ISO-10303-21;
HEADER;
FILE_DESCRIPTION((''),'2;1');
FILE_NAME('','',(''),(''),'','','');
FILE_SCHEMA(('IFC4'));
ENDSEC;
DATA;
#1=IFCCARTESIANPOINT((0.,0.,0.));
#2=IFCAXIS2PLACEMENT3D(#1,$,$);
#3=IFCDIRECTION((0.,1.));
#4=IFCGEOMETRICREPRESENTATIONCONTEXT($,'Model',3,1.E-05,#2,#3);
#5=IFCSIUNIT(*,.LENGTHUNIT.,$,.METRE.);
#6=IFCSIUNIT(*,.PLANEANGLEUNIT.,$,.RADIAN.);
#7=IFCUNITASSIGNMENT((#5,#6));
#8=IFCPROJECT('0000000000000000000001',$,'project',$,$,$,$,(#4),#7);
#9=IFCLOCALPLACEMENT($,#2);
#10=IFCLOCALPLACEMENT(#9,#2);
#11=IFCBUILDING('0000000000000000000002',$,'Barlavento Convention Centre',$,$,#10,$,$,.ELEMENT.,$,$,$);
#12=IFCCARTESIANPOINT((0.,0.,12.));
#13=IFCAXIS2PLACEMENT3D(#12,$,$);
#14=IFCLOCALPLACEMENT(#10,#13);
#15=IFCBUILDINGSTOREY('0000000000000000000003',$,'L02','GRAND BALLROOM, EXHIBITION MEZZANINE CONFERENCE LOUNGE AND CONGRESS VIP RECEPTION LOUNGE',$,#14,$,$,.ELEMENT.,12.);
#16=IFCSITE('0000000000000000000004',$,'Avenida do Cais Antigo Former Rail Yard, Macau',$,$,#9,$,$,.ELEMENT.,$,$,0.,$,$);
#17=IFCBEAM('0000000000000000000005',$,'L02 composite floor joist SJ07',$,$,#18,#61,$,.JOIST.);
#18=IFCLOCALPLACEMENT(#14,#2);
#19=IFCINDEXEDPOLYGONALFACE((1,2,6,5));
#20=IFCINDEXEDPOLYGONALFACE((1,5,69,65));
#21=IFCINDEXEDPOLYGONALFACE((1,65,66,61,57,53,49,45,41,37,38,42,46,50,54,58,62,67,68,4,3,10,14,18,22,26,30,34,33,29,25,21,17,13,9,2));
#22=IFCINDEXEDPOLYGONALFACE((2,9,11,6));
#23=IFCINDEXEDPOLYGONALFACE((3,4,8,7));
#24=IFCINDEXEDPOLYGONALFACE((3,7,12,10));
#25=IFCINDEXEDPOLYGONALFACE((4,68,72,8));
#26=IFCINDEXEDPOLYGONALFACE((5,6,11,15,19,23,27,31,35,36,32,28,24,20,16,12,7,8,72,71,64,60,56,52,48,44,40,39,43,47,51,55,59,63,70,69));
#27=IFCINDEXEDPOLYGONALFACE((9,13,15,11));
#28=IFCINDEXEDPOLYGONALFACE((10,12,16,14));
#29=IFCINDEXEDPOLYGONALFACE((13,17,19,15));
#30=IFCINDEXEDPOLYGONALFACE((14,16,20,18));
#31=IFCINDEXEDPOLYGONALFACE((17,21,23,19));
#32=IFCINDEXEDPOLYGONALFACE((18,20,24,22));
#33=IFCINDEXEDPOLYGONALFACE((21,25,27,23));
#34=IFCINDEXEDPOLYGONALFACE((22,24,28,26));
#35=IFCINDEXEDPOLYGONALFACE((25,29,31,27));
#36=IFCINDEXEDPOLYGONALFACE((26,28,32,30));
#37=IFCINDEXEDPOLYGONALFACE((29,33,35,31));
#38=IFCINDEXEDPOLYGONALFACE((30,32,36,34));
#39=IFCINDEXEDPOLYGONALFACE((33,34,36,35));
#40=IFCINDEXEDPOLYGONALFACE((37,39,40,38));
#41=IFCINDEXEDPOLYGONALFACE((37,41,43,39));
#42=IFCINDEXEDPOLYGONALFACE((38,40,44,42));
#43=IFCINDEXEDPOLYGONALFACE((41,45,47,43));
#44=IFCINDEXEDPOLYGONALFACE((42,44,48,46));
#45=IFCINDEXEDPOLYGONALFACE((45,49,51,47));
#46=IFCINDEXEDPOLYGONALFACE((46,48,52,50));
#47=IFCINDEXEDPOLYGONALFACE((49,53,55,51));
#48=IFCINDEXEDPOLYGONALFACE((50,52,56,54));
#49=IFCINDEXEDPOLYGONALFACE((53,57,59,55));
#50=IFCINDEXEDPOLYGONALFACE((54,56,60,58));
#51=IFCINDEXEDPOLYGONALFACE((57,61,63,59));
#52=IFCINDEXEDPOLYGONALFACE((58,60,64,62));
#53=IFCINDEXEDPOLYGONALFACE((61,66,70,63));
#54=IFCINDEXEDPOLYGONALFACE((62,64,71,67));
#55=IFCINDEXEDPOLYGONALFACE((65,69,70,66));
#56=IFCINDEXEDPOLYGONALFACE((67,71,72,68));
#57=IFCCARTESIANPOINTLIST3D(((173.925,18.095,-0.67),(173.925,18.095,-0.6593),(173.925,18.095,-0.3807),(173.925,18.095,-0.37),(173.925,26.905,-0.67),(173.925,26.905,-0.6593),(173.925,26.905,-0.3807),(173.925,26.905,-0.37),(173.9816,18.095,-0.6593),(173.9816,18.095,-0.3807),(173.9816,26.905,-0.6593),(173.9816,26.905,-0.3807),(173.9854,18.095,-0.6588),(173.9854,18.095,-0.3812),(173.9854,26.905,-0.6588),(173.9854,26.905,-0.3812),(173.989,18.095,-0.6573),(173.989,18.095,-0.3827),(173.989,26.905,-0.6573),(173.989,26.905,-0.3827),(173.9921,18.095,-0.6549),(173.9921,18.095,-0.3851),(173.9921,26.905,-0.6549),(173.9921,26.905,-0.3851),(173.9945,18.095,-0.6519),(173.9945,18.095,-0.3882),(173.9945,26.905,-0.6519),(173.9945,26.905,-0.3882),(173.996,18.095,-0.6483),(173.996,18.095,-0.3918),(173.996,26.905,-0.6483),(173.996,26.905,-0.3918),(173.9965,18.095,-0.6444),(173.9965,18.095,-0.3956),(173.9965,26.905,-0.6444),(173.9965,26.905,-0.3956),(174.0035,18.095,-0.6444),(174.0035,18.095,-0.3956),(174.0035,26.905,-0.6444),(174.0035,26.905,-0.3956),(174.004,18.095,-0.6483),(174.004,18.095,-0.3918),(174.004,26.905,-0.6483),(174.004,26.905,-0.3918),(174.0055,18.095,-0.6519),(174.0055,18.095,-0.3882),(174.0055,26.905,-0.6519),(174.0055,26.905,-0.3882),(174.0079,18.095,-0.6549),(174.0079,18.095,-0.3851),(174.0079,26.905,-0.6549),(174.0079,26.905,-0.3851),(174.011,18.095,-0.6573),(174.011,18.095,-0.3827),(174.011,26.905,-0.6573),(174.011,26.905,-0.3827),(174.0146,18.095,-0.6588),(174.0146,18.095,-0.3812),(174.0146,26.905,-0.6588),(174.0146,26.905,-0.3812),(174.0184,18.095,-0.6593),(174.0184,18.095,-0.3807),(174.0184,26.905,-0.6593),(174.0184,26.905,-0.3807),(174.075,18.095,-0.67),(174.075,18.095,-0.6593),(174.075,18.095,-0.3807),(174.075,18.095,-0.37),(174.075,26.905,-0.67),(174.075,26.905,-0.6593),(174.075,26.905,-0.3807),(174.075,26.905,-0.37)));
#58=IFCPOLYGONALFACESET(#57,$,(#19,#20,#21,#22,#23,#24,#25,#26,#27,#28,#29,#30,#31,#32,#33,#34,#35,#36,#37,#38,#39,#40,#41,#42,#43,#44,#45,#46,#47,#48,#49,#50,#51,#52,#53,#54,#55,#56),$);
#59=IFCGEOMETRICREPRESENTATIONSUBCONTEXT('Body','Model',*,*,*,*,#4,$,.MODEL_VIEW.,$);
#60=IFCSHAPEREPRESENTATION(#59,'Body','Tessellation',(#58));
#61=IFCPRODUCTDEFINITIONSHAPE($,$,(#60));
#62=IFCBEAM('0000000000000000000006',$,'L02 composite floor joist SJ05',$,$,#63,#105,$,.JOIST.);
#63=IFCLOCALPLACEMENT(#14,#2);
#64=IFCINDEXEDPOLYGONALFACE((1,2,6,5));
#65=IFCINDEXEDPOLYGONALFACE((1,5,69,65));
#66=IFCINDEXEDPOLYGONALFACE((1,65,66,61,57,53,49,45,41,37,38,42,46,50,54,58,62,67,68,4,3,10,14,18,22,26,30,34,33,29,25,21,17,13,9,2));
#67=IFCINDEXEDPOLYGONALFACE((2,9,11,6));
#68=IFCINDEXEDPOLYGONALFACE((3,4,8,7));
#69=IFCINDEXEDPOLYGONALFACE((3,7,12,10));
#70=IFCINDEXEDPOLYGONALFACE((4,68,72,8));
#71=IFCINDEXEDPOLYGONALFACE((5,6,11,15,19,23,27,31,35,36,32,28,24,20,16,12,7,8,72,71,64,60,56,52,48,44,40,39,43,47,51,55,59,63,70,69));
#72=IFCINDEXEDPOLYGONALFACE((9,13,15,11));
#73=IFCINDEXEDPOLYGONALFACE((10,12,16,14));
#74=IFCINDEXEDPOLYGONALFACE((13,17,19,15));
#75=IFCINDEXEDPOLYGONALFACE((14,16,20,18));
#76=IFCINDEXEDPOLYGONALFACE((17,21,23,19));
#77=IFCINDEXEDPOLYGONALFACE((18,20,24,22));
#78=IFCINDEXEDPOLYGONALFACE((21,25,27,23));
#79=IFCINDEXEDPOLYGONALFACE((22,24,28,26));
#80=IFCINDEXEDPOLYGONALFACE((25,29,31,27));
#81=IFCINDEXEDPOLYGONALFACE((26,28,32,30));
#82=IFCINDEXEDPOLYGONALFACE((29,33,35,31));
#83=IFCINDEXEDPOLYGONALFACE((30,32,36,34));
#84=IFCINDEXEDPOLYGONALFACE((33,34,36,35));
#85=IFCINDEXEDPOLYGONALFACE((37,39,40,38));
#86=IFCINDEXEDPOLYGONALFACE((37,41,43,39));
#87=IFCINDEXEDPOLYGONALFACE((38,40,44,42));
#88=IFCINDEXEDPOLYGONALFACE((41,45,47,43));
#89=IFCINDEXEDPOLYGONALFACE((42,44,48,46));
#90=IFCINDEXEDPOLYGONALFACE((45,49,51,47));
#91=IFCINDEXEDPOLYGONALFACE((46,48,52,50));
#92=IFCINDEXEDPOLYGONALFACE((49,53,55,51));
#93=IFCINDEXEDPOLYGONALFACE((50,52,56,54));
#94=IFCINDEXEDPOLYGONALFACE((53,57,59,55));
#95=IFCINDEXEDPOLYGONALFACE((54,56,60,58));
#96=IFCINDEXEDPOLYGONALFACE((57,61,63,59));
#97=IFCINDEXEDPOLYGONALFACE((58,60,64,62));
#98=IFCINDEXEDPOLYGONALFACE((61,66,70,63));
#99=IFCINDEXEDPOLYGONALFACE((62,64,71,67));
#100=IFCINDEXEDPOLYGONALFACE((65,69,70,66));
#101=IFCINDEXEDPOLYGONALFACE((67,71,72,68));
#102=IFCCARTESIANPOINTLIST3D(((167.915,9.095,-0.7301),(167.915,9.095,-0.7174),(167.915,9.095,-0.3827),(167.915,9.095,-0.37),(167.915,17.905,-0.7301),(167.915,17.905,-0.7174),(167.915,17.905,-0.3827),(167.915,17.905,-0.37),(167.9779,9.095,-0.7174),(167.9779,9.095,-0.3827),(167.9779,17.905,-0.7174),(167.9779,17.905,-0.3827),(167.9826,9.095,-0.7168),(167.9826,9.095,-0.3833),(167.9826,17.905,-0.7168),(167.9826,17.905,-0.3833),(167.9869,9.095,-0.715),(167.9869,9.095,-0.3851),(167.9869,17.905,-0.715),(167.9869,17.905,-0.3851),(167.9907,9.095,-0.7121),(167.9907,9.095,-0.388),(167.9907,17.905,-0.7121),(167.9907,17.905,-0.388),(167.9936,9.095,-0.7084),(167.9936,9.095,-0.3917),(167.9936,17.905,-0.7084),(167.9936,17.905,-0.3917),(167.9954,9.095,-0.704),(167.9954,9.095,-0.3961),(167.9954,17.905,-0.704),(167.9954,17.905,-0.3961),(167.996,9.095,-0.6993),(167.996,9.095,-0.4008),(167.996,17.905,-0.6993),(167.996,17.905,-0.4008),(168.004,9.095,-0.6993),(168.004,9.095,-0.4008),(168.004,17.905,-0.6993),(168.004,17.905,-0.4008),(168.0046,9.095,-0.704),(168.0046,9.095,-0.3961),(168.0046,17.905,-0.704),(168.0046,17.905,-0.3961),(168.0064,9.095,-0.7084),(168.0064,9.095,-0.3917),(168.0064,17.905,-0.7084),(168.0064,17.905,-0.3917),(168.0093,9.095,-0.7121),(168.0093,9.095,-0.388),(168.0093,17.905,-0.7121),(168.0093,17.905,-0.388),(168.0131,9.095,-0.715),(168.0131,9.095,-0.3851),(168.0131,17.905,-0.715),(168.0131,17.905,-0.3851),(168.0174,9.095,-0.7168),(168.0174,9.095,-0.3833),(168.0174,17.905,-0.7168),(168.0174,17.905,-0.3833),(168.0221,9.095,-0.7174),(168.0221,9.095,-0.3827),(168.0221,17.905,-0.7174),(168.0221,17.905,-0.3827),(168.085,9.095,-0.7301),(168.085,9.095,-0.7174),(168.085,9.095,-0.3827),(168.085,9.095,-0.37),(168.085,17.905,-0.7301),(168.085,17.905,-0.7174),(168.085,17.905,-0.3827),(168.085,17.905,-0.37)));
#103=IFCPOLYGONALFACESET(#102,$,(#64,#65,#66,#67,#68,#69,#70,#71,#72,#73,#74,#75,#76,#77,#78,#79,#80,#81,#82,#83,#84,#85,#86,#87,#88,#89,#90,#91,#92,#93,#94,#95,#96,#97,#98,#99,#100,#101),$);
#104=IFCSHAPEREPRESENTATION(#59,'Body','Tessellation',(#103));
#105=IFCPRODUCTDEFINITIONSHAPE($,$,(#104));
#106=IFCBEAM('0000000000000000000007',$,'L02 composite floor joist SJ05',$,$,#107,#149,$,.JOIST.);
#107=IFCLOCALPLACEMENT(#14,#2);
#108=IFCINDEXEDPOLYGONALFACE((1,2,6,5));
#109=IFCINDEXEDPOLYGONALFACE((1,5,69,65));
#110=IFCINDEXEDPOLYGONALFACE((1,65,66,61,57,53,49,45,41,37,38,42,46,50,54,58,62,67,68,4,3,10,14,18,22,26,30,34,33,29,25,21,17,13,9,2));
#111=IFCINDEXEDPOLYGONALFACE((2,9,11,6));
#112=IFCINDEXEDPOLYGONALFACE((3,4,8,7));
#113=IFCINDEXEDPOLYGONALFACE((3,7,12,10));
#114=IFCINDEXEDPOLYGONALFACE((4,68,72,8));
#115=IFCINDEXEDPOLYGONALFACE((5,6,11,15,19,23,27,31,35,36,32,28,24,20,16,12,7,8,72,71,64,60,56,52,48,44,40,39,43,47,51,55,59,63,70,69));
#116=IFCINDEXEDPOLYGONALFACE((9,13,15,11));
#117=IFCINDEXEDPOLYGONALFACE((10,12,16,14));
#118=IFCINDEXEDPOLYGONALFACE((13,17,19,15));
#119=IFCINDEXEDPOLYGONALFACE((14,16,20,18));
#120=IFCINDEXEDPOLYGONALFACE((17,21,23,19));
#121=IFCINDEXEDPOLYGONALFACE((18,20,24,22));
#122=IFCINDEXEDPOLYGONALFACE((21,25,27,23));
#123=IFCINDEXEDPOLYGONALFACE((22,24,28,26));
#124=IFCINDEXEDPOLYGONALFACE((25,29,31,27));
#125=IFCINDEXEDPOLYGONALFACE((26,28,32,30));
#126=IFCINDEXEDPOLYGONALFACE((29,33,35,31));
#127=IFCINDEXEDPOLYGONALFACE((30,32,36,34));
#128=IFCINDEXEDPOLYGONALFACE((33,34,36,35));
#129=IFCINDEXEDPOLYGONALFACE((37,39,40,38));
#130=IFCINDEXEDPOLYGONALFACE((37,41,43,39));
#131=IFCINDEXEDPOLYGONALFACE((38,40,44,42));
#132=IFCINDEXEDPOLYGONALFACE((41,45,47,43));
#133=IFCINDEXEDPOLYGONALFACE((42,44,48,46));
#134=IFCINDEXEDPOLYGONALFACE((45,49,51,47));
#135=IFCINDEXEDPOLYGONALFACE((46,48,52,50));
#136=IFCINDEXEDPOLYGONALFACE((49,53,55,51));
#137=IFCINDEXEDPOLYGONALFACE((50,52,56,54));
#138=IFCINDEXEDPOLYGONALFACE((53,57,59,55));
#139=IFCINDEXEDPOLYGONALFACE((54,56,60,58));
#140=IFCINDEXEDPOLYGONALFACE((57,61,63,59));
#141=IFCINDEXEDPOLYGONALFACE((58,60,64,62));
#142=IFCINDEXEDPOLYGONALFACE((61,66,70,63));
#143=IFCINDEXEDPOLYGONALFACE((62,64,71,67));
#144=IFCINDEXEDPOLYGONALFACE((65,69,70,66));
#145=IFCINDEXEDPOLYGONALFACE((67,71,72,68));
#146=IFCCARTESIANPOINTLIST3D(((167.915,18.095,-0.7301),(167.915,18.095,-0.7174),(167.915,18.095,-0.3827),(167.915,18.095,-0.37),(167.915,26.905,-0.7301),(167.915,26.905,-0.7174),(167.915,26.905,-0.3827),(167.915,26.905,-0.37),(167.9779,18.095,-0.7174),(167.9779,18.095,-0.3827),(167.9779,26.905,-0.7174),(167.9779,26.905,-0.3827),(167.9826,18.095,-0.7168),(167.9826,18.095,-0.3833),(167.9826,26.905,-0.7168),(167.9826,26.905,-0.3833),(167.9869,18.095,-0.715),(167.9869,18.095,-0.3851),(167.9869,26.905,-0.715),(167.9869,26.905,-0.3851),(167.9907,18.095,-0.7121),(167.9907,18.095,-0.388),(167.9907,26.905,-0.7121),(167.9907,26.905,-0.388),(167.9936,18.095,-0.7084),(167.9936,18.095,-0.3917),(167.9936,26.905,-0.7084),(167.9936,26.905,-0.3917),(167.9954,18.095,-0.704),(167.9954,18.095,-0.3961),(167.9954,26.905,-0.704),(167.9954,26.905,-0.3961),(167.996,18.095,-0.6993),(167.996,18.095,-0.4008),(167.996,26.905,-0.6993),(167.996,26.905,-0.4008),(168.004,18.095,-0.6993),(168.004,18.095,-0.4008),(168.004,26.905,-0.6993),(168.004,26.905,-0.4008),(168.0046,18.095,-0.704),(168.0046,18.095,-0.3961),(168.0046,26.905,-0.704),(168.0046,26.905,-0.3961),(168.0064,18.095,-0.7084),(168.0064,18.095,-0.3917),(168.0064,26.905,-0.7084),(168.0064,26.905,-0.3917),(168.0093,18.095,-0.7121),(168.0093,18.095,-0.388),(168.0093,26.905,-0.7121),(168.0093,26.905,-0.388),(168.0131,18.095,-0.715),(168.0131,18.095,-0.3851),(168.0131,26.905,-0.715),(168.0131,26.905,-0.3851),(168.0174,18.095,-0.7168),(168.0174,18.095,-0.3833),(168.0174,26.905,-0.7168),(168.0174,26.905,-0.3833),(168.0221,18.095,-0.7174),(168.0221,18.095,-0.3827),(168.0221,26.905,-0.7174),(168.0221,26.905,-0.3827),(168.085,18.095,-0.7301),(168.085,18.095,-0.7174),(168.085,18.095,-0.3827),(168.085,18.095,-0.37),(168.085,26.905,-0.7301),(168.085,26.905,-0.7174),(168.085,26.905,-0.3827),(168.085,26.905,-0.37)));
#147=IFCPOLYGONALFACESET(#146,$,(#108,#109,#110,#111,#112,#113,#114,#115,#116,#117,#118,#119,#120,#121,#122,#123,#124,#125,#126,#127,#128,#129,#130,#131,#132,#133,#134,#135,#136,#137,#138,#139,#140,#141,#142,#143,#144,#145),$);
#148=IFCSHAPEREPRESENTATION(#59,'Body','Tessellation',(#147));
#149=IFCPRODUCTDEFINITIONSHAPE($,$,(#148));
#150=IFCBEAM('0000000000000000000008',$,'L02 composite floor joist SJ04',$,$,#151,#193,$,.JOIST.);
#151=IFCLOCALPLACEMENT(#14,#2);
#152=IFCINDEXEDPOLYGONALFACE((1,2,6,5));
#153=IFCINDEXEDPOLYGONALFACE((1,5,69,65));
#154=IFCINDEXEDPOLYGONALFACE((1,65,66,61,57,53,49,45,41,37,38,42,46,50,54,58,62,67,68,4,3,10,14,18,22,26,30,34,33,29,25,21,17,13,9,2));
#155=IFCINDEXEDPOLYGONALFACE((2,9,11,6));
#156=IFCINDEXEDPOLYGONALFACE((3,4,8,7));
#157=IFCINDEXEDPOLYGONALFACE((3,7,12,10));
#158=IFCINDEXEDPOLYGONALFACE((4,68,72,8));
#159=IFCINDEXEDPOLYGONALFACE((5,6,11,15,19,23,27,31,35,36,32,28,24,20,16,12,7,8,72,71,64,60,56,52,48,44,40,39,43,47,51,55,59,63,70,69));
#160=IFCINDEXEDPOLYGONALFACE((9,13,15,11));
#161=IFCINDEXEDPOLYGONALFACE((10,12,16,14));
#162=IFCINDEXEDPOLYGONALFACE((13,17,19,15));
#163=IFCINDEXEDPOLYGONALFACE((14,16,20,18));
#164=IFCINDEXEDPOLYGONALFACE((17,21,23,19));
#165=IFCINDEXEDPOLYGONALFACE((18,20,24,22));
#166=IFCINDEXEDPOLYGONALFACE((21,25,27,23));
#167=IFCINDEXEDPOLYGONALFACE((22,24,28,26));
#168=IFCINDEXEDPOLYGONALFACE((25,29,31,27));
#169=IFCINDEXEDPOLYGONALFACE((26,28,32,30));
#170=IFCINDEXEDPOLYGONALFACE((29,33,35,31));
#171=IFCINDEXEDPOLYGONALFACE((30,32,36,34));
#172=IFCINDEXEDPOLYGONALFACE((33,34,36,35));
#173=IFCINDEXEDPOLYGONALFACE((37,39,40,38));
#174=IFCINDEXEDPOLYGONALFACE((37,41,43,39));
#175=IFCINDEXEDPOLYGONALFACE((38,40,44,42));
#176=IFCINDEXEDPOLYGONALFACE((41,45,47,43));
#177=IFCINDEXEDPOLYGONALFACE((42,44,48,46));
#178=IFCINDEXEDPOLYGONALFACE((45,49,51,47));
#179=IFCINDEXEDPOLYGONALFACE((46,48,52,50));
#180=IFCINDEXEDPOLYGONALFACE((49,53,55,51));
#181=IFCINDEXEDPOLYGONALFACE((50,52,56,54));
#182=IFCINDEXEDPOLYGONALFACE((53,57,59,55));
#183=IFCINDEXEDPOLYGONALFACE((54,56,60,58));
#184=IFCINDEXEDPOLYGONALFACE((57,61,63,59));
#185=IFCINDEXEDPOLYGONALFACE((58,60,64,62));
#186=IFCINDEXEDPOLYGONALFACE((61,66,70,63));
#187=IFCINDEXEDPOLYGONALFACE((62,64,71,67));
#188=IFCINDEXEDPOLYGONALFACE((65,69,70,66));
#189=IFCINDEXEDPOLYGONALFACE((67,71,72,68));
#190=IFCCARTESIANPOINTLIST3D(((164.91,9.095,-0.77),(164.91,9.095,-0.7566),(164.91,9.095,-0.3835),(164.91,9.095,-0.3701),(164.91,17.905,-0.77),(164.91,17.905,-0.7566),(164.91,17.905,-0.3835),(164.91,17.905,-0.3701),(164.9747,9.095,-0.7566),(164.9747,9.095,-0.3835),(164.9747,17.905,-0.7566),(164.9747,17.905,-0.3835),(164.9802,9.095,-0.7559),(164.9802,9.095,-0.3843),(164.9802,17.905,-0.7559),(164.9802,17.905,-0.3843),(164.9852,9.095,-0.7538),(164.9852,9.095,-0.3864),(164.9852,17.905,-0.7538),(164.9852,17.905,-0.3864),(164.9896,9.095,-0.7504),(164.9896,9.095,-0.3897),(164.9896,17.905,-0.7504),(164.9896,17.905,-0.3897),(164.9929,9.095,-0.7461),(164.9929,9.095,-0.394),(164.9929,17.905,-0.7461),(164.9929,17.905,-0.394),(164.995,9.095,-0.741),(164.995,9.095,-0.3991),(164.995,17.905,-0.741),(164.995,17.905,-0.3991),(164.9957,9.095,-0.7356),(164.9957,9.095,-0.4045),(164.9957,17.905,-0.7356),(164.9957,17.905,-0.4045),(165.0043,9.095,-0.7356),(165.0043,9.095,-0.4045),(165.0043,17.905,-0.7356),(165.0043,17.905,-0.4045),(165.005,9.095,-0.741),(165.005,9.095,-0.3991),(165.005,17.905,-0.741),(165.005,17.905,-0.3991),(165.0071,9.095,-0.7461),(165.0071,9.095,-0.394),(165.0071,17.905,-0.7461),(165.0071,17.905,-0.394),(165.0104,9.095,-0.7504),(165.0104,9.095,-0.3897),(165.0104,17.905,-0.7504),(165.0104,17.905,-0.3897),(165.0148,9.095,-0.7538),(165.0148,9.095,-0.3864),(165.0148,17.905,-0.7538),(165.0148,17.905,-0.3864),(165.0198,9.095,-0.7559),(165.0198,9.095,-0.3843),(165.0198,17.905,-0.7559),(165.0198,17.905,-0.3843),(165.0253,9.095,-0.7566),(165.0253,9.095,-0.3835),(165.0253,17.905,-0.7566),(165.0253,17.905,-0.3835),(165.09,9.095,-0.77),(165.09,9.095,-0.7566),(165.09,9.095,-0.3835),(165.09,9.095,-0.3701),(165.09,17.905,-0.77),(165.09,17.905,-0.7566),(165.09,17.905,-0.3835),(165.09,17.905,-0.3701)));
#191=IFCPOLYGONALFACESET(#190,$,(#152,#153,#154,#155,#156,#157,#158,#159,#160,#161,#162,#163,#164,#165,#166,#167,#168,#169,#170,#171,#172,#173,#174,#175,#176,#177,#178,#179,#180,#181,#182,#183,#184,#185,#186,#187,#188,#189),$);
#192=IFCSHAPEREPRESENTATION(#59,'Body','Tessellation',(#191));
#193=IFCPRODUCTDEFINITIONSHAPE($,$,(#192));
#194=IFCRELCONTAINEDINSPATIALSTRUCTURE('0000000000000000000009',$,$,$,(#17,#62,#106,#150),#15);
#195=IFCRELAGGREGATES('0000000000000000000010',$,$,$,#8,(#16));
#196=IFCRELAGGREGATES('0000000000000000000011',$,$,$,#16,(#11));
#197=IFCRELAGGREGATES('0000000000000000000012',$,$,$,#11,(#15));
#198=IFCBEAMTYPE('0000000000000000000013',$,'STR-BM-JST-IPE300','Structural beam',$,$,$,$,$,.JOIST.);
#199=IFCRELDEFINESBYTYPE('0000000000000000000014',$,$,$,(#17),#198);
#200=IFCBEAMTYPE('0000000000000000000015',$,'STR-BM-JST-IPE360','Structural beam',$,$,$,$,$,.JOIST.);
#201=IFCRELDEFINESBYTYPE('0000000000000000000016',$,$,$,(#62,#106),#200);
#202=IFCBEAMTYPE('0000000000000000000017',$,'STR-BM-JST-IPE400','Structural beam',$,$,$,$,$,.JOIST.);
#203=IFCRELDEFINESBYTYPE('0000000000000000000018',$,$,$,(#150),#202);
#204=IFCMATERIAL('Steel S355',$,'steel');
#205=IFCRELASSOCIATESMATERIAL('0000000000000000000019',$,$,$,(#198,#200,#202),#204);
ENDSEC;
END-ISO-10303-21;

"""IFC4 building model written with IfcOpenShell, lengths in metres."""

from ifc_helpers import new_model, si_unit, direction, frame, origin, origin_2d, place, context, subcontext, project, spatial, i_section, extrude, material, material_profile, profile_set, type_object, element, save


model = new_model("IFC4")

# Units and contexts
model_context = context("Model", 3, precision=1e-05, world=origin(), true_north=direction((0.0, 1.0)))
body_context = subcontext(model_context, "Body", "Model", "MODEL_VIEW")
ifc_project = project(units=[si_unit("LENGTHUNIT", "METRE"), si_unit("PLANEANGLEUNIT", "RADIAN")], contexts=[model_context])

# Site, building, storey
site_placement = place(None, origin())
site = spatial("IfcSite", under=ifc_project, at=site_placement, Name="Avenida do Cais Antigo Former Rail Yard, Macau", CompositionType="ELEMENT", RefElevation=0.0)
building_placement = place(site_placement, origin())
building = spatial("IfcBuilding", under=site, at=building_placement, Name="Barlavento Convention Centre", CompositionType="ELEMENT")
storey_placement = place(building_placement, frame((0.0, 0.0, 12.0)))
storey = spatial("IfcBuildingStorey", under=building, at=storey_placement, Name="L02", Description="GRAND BALLROOM, EXHIBITION MEZZANINE CONFERENCE LOUNGE AND CONGRESS VIP RECEPTION LOUNGE", CompositionType="ELEMENT", Elevation=12.0)

# Shared definitions
ifc_material_1 = material(Name="Steel S355", Category="steel")

# Beams
ifc_material_profile_1 = material_profile(ifc_material_1, i_section(OverallWidth=0.1499, OverallDepth=0.3, WebThickness=0.0071, FlangeThickness=0.0107, FilletRadius=0.0149, at=origin_2d()), Name="IPE 300")
ifc_profile_set_1 = profile_set([ifc_material_profile_1], Name="Steel S355")
beam_type_1 = type_object("IfcBeamType", Name="STR-BM-JST-IPE300", Description="Structural beam", PredefinedType="JOIST", material=ifc_profile_set_1)
for number, where, z_axis, x_axis, name in (
    (1, (174.0, 18.095, -0.52), (0.0, 1.0, 0.0), (-1.0, 0.0, 0.0), "L02 composite floor joist SJ07"),
):
    element("IfcBeam", number, at=place(storey_placement, frame(where, z_axis=z_axis, x_axis=x_axis)), inside=storey, type_object=beam_type_1, Name=name, PredefinedType="JOIST", context=body_context, shape_type="SweptSolid", body=[
        extrude(i_section(OverallWidth=0.1499, OverallDepth=0.3, WebThickness=0.0071, FlangeThickness=0.0107, FilletRadius=0.0149, at=origin_2d()), origin(), (0.0, 0.0, 1.0), 8.8101),
    ])
ifc_material_profile_2 = material_profile(ifc_material_1, i_section(OverallWidth=0.1699, OverallDepth=0.3601, WebThickness=0.0081, FlangeThickness=0.0127, FilletRadius=0.0181, at=origin_2d()), Name="IPE 360")
ifc_profile_set_2 = profile_set([ifc_material_profile_2], Name="Steel S355")
beam_type_2 = type_object("IfcBeamType", Name="STR-BM-JST-IPE360", Description="Structural beam", PredefinedType="JOIST", material=ifc_profile_set_2)
for number, where, z_axis, x_axis, name in (
    (2, (168.0, 9.095, -0.55), (0.0, 1.0, 0.0), (-1.0, 0.0, 0.0), "L02 composite floor joist SJ05"),
    (3, (168.0, 18.095, -0.55), (0.0, 1.0, 0.0), (-1.0, 0.0, 0.0), "L02 composite floor joist SJ05"),
):
    element("IfcBeam", number, at=place(storey_placement, frame(where, z_axis=z_axis, x_axis=x_axis)), inside=storey, type_object=beam_type_2, Name=name, PredefinedType="JOIST", context=body_context, shape_type="SweptSolid", body=[
        extrude(i_section(OverallWidth=0.1699, OverallDepth=0.3601, WebThickness=0.0081, FlangeThickness=0.0127, FilletRadius=0.0181, at=origin_2d()), origin(), (0.0, 0.0, 1.0), 8.8101),
    ])
ifc_material_profile_3 = material_profile(ifc_material_1, i_section(OverallWidth=0.1799, OverallDepth=0.3999, WebThickness=0.0085, FlangeThickness=0.0134, FilletRadius=0.021, at=origin_2d()), Name="IPE 400")
ifc_profile_set_3 = profile_set([ifc_material_profile_3], Name="Steel S355")
beam_type_3 = type_object("IfcBeamType", Name="STR-BM-JST-IPE400", Description="Structural beam", PredefinedType="JOIST", material=ifc_profile_set_3)
for number, where, z_axis, x_axis, name in (
    (4, (165.0, 9.095, -0.5701), (0.0, 1.0, 0.0), (-1.0, 0.0, 0.0), "L02 composite floor joist SJ04"),
):
    element("IfcBeam", number, at=place(storey_placement, frame(where, z_axis=z_axis, x_axis=x_axis)), inside=storey, type_object=beam_type_3, Name=name, PredefinedType="JOIST", context=body_context, shape_type="SweptSolid", body=[
        extrude(i_section(OverallWidth=0.1799, OverallDepth=0.3999, WebThickness=0.0085, FlangeThickness=0.0134, FilletRadius=0.021, at=origin_2d()), origin(), (0.0, 0.0, 1.0), 8.8101),
    ])

save(model, "model.ifc")
